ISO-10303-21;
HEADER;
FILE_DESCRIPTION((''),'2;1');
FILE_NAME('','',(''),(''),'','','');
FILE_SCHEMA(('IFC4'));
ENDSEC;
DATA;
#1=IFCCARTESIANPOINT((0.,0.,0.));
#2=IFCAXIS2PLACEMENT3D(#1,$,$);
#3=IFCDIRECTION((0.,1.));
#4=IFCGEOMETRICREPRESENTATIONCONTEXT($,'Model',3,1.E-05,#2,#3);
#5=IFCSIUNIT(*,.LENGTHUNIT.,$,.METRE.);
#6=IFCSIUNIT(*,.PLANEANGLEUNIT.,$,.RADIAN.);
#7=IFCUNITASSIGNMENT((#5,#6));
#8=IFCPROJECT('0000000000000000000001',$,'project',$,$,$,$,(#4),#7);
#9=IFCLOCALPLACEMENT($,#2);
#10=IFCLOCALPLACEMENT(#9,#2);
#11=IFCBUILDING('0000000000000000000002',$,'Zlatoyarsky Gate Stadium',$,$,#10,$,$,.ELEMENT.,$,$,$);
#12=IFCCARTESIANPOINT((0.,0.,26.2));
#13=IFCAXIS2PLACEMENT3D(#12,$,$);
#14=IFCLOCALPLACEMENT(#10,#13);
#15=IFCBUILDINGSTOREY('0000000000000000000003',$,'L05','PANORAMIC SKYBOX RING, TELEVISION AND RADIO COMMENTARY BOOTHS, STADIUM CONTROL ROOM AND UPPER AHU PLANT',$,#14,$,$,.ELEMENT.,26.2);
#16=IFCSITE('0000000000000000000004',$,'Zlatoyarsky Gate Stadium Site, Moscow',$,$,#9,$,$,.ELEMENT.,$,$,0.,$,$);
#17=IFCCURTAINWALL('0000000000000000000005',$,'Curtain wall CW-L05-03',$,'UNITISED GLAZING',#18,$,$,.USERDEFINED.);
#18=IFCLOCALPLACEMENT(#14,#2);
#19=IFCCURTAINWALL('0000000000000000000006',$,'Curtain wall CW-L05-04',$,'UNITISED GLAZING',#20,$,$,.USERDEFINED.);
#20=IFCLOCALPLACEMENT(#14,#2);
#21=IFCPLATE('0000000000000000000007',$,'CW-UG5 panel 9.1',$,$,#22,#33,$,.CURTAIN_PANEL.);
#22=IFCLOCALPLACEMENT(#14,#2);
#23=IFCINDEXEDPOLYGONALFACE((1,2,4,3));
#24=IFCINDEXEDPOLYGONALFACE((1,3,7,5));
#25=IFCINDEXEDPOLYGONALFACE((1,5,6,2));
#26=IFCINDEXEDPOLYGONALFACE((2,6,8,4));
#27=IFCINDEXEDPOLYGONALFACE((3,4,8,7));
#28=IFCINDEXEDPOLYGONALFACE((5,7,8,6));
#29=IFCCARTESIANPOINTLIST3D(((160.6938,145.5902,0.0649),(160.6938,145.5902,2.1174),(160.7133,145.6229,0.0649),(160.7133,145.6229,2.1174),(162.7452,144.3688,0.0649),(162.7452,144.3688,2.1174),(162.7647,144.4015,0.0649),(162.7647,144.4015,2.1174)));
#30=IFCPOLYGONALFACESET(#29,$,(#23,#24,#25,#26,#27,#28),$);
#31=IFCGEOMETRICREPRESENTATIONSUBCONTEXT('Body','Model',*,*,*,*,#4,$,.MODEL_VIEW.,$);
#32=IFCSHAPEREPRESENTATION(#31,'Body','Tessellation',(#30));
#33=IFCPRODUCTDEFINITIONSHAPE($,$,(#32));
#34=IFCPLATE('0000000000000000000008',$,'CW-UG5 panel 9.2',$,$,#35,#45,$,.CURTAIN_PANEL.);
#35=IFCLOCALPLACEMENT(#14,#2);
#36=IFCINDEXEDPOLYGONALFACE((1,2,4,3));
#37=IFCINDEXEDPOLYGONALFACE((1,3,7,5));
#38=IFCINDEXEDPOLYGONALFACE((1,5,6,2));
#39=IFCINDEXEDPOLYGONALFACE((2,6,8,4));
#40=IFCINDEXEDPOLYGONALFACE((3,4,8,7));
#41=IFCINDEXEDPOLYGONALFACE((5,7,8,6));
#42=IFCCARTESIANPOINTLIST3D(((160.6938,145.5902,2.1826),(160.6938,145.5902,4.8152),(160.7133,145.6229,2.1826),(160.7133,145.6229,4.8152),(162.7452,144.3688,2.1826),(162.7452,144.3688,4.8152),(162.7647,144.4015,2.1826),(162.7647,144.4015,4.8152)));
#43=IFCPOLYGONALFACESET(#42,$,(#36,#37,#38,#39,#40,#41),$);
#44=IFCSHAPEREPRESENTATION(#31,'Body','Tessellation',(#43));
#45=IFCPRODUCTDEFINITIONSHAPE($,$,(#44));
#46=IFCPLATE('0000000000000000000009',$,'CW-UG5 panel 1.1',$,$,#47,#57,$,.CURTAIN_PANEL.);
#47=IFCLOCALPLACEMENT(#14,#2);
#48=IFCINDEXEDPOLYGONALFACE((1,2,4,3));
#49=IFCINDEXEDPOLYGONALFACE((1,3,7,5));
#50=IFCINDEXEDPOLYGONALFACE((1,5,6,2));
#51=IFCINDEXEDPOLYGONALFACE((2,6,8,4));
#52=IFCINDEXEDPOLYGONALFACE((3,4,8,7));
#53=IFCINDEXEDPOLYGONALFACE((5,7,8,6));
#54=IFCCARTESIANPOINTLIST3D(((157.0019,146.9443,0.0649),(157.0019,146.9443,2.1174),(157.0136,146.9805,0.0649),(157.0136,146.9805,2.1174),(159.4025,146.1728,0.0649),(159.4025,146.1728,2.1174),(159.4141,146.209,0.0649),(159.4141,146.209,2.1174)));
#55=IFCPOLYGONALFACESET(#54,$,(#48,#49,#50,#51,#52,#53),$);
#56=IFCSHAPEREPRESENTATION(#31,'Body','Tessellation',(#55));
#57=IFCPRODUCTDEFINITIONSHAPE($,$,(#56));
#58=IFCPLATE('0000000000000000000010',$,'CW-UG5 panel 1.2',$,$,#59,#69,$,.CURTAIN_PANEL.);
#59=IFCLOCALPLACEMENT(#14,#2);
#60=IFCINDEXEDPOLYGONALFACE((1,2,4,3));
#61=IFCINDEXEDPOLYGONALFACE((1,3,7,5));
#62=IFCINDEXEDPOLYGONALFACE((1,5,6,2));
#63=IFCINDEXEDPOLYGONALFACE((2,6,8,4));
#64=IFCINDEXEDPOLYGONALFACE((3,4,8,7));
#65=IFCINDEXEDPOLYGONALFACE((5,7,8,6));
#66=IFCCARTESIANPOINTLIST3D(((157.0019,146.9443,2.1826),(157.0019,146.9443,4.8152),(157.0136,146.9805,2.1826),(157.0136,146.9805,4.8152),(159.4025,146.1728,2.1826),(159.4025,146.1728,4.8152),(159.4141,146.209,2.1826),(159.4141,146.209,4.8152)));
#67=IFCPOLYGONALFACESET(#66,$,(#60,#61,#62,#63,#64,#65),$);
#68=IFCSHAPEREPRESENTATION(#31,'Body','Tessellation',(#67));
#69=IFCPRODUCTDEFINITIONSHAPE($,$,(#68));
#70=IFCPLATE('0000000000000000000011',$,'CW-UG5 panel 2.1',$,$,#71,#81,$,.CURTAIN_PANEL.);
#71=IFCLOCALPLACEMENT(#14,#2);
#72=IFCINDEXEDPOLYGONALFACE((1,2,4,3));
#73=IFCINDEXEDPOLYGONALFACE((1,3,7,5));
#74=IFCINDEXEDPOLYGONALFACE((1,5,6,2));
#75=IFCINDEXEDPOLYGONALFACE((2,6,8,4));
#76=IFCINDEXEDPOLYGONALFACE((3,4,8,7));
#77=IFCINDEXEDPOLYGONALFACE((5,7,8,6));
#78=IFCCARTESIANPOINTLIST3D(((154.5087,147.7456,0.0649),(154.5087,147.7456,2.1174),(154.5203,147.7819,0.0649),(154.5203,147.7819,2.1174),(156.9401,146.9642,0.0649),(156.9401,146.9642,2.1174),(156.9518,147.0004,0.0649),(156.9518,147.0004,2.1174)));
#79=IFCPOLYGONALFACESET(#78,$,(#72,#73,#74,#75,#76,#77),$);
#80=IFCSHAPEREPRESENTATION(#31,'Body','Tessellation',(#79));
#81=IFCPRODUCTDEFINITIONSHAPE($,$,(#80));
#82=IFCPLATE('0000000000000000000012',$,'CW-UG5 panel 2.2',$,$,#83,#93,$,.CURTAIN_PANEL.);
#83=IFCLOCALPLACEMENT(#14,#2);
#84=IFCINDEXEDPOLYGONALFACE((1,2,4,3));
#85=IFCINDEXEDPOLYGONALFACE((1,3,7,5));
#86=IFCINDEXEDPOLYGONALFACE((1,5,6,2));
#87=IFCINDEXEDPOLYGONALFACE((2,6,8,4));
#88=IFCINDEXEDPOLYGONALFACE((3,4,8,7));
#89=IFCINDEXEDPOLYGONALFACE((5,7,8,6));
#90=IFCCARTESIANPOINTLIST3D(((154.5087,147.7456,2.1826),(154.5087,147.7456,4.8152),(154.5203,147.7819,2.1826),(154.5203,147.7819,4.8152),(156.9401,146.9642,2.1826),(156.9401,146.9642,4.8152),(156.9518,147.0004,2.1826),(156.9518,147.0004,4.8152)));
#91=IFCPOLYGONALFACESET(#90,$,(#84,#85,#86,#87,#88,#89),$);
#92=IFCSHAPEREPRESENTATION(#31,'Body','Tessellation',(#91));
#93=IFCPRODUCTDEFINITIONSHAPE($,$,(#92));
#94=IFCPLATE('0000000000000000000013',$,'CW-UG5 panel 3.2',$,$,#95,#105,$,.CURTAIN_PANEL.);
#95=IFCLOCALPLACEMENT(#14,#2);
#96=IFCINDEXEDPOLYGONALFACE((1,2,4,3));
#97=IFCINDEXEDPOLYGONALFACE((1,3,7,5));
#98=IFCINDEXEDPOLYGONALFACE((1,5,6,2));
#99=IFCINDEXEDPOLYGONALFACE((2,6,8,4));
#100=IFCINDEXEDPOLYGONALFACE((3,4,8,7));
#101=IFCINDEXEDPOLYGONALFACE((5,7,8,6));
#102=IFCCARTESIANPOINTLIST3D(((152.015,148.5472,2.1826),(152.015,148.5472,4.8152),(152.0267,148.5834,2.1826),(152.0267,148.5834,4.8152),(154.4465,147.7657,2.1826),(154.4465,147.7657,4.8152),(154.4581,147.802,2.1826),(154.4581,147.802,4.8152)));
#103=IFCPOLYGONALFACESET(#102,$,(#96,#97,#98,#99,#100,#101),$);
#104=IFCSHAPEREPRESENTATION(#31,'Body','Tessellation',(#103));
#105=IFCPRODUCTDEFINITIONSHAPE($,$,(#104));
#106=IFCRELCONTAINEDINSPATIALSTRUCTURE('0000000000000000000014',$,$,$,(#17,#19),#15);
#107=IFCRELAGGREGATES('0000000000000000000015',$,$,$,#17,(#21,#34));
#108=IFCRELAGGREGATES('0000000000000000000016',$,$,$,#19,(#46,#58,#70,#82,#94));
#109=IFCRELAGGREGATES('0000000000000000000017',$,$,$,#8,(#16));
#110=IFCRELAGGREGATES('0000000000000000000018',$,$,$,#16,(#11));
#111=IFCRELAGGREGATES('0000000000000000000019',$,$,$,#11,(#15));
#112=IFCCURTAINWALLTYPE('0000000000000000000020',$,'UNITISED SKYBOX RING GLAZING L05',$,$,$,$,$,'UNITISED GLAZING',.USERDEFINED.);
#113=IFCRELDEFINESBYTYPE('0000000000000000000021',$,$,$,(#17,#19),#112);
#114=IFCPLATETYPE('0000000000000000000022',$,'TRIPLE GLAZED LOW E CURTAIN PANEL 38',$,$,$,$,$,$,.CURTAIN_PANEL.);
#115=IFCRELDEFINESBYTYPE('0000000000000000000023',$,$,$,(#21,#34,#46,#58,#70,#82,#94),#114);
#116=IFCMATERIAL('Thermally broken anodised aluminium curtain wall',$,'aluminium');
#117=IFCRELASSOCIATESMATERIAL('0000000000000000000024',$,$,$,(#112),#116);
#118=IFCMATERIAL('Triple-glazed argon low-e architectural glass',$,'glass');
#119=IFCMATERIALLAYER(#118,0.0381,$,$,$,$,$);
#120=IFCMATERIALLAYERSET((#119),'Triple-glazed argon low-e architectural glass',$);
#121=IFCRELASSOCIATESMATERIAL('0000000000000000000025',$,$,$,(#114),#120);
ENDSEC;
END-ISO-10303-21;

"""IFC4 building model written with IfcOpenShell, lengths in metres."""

from ifc_helpers import new_model, si_unit, direction, frame, origin, origin_2d, place, context, subcontext, project, spatial, rectangle, extrude, material, layer, layer_set, type_object, element, aggregate, save


model = new_model("IFC4")

# Units and contexts
model_context = context("Model", 3, precision=1e-05, world=origin(), true_north=direction((0.0, 1.0)))
body_context = subcontext(model_context, "Body", "Model", "MODEL_VIEW")
ifc_project = project(units=[si_unit("LENGTHUNIT", "METRE"), si_unit("PLANEANGLEUNIT", "RADIAN")], contexts=[model_context])

# Site, building, storey
site_placement = place(None, origin())
site = spatial("IfcSite", under=ifc_project, at=site_placement, Name="Zlatoyarsky Gate Stadium Site, Moscow", CompositionType="ELEMENT", RefElevation=0.0)
building_placement = place(site_placement, origin())
building = spatial("IfcBuilding", under=site, at=building_placement, Name="Zlatoyarsky Gate Stadium", CompositionType="ELEMENT")
storey_placement = place(building_placement, frame((0.0, 0.0, 26.2)))
storey = spatial("IfcBuildingStorey", under=building, at=storey_placement, Name="L05", Description="PANORAMIC SKYBOX RING, TELEVISION AND RADIO COMMENTARY BOOTHS, STADIUM CONTROL ROOM AND UPPER AHU PLANT", CompositionType="ELEMENT", Elevation=26.2)

# Curtain wall
ifc_material_1 = material(Name="Thermally broken anodised aluminium curtain wall", Category="aluminium")
curtain_wall_type = type_object("IfcCurtainWallType", Name="UNITISED SKYBOX RING GLAZING L05", ElementType="UNITISED GLAZING", PredefinedType="USERDEFINED", material=ifc_material_1)
curtain_wall_1_placement = place(storey_placement, origin())
curtain_wall_1 = element("IfcCurtainWall", 1, at=curtain_wall_1_placement, inside=storey, type_object=curtain_wall_type, Name="Curtain wall CW-L05-03", ObjectType="UNITISED GLAZING", PredefinedType="USERDEFINED")

# Curtain wall
curtain_wall_2_placement = place(storey_placement, origin())
curtain_wall_2 = element("IfcCurtainWall", 2, at=curtain_wall_2_placement, inside=storey, type_object=curtain_wall_type, Name="Curtain wall CW-L05-04", ObjectType="UNITISED GLAZING", PredefinedType="USERDEFINED")

# Plates
ifc_material_2 = material(Name="Triple-glazed argon low-e architectural glass", Category="glass")
ifc_layer_1 = layer(ifc_material_2, 0.0381)
ifc_layer_set_1 = layer_set([ifc_layer_1], Name="Triple-glazed argon low-e architectural glass")
plate_type_1 = type_object("IfcPlateType", Name="TRIPLE GLAZED LOW E CURTAIN PANEL 38", PredefinedType="CURTAIN_PANEL", material=ifc_layer_set_1)
plate_1_placement = place(storey_placement, frame((161.7292, 144.9958, 0.0649), z_axis=(0.0, 0.0, 1.0), x_axis=(-0.859237, 0.511577, 0.0)))
plate_1 = element("IfcPlate", 3, at=plate_1_placement, type_object=plate_type_1, Name="CW-UG5 panel 9.1", PredefinedType="CURTAIN_PANEL", context=body_context, shape_type="SweptSolid", body=[
    extrude(rectangle(XDim=2.3875, YDim=0.0381, at=origin_2d()), origin(), (0.0, 0.0, 1.0), 2.0525),
])
plate_2_placement = place(storey_placement, frame((161.7292, 144.9958, 2.1826), z_axis=(0.0, 0.0, 1.0), x_axis=(-0.859237, 0.511577, 0.0)))
plate_2 = element("IfcPlate", 4, at=plate_2_placement, type_object=plate_type_1, Name="CW-UG5 panel 9.2", PredefinedType="CURTAIN_PANEL", context=body_context, shape_type="SweptSolid", body=[
    extrude(rectangle(XDim=2.3875, YDim=0.0381, at=origin_2d()), origin(), (0.0, 0.0, 1.0), 2.6326),
])
aggregate(curtain_wall_1, [plate_1, plate_2])
plate_3_placement = place(storey_placement, frame((158.208, 146.5767, 0.0649), z_axis=(0.0, 0.0, 1.0), x_axis=(-0.952039, 0.305978, 0.0)))
plate_3 = element("IfcPlate", 5, at=plate_3_placement, type_object=plate_type_1, Name="CW-UG5 panel 1.1", PredefinedType="CURTAIN_PANEL", context=body_context, shape_type="SweptSolid", body=[
    extrude(rectangle(XDim=2.5215, YDim=0.0381, at=origin_2d()), origin(), (0.0, 0.0, 1.0), 2.0525),
])
plate_4_placement = place(storey_placement, frame((158.208, 146.5767, 2.1826), z_axis=(0.0, 0.0, 1.0), x_axis=(-0.952039, 0.305978, 0.0)))
plate_4 = element("IfcPlate", 6, at=plate_4_placement, type_object=plate_type_1, Name="CW-UG5 panel 1.2", PredefinedType="CURTAIN_PANEL", context=body_context, shape_type="SweptSolid", body=[
    extrude(rectangle(XDim=2.5215, YDim=0.0381, at=origin_2d()), origin(), (0.0, 0.0, 1.0), 2.6326),
])
plate_5_placement = place(storey_placement, frame((155.7302, 147.373, 0.0649), z_axis=(0.0, 0.0, 1.0), x_axis=(-0.952039, 0.305978, 0.0)))
plate_5 = element("IfcPlate", 7, at=plate_5_placement, type_object=plate_type_1, Name="CW-UG5 panel 2.1", PredefinedType="CURTAIN_PANEL", context=body_context, shape_type="SweptSolid", body=[
    extrude(rectangle(XDim=2.554, YDim=0.0381, at=origin_2d()), origin(), (0.0, 0.0, 1.0), 2.0525),
])
plate_6_placement = place(storey_placement, frame((155.7302, 147.373, 2.1826), z_axis=(0.0, 0.0, 1.0), x_axis=(-0.952039, 0.305978, 0.0)))
plate_6 = element("IfcPlate", 8, at=plate_6_placement, type_object=plate_type_1, Name="CW-UG5 panel 2.2", PredefinedType="CURTAIN_PANEL", context=body_context, shape_type="SweptSolid", body=[
    extrude(rectangle(XDim=2.554, YDim=0.0381, at=origin_2d()), origin(), (0.0, 0.0, 1.0), 2.6326),
])
plate_7_placement = place(storey_placement, frame((153.2366, 148.1746, 2.1826), z_axis=(0.0, 0.0, 1.0), x_axis=(-0.952039, 0.305978, 0.0)))
plate_7 = element("IfcPlate", 9, at=plate_7_placement, type_object=plate_type_1, Name="CW-UG5 panel 3.2", PredefinedType="CURTAIN_PANEL", context=body_context, shape_type="SweptSolid", body=[
    extrude(rectangle(XDim=2.554, YDim=0.0381, at=origin_2d()), origin(), (0.0, 0.0, 1.0), 2.6326),
])
aggregate(curtain_wall_2, [plate_3, plate_4, plate_5, plate_6, plate_7])

save(model, "model.ifc")
